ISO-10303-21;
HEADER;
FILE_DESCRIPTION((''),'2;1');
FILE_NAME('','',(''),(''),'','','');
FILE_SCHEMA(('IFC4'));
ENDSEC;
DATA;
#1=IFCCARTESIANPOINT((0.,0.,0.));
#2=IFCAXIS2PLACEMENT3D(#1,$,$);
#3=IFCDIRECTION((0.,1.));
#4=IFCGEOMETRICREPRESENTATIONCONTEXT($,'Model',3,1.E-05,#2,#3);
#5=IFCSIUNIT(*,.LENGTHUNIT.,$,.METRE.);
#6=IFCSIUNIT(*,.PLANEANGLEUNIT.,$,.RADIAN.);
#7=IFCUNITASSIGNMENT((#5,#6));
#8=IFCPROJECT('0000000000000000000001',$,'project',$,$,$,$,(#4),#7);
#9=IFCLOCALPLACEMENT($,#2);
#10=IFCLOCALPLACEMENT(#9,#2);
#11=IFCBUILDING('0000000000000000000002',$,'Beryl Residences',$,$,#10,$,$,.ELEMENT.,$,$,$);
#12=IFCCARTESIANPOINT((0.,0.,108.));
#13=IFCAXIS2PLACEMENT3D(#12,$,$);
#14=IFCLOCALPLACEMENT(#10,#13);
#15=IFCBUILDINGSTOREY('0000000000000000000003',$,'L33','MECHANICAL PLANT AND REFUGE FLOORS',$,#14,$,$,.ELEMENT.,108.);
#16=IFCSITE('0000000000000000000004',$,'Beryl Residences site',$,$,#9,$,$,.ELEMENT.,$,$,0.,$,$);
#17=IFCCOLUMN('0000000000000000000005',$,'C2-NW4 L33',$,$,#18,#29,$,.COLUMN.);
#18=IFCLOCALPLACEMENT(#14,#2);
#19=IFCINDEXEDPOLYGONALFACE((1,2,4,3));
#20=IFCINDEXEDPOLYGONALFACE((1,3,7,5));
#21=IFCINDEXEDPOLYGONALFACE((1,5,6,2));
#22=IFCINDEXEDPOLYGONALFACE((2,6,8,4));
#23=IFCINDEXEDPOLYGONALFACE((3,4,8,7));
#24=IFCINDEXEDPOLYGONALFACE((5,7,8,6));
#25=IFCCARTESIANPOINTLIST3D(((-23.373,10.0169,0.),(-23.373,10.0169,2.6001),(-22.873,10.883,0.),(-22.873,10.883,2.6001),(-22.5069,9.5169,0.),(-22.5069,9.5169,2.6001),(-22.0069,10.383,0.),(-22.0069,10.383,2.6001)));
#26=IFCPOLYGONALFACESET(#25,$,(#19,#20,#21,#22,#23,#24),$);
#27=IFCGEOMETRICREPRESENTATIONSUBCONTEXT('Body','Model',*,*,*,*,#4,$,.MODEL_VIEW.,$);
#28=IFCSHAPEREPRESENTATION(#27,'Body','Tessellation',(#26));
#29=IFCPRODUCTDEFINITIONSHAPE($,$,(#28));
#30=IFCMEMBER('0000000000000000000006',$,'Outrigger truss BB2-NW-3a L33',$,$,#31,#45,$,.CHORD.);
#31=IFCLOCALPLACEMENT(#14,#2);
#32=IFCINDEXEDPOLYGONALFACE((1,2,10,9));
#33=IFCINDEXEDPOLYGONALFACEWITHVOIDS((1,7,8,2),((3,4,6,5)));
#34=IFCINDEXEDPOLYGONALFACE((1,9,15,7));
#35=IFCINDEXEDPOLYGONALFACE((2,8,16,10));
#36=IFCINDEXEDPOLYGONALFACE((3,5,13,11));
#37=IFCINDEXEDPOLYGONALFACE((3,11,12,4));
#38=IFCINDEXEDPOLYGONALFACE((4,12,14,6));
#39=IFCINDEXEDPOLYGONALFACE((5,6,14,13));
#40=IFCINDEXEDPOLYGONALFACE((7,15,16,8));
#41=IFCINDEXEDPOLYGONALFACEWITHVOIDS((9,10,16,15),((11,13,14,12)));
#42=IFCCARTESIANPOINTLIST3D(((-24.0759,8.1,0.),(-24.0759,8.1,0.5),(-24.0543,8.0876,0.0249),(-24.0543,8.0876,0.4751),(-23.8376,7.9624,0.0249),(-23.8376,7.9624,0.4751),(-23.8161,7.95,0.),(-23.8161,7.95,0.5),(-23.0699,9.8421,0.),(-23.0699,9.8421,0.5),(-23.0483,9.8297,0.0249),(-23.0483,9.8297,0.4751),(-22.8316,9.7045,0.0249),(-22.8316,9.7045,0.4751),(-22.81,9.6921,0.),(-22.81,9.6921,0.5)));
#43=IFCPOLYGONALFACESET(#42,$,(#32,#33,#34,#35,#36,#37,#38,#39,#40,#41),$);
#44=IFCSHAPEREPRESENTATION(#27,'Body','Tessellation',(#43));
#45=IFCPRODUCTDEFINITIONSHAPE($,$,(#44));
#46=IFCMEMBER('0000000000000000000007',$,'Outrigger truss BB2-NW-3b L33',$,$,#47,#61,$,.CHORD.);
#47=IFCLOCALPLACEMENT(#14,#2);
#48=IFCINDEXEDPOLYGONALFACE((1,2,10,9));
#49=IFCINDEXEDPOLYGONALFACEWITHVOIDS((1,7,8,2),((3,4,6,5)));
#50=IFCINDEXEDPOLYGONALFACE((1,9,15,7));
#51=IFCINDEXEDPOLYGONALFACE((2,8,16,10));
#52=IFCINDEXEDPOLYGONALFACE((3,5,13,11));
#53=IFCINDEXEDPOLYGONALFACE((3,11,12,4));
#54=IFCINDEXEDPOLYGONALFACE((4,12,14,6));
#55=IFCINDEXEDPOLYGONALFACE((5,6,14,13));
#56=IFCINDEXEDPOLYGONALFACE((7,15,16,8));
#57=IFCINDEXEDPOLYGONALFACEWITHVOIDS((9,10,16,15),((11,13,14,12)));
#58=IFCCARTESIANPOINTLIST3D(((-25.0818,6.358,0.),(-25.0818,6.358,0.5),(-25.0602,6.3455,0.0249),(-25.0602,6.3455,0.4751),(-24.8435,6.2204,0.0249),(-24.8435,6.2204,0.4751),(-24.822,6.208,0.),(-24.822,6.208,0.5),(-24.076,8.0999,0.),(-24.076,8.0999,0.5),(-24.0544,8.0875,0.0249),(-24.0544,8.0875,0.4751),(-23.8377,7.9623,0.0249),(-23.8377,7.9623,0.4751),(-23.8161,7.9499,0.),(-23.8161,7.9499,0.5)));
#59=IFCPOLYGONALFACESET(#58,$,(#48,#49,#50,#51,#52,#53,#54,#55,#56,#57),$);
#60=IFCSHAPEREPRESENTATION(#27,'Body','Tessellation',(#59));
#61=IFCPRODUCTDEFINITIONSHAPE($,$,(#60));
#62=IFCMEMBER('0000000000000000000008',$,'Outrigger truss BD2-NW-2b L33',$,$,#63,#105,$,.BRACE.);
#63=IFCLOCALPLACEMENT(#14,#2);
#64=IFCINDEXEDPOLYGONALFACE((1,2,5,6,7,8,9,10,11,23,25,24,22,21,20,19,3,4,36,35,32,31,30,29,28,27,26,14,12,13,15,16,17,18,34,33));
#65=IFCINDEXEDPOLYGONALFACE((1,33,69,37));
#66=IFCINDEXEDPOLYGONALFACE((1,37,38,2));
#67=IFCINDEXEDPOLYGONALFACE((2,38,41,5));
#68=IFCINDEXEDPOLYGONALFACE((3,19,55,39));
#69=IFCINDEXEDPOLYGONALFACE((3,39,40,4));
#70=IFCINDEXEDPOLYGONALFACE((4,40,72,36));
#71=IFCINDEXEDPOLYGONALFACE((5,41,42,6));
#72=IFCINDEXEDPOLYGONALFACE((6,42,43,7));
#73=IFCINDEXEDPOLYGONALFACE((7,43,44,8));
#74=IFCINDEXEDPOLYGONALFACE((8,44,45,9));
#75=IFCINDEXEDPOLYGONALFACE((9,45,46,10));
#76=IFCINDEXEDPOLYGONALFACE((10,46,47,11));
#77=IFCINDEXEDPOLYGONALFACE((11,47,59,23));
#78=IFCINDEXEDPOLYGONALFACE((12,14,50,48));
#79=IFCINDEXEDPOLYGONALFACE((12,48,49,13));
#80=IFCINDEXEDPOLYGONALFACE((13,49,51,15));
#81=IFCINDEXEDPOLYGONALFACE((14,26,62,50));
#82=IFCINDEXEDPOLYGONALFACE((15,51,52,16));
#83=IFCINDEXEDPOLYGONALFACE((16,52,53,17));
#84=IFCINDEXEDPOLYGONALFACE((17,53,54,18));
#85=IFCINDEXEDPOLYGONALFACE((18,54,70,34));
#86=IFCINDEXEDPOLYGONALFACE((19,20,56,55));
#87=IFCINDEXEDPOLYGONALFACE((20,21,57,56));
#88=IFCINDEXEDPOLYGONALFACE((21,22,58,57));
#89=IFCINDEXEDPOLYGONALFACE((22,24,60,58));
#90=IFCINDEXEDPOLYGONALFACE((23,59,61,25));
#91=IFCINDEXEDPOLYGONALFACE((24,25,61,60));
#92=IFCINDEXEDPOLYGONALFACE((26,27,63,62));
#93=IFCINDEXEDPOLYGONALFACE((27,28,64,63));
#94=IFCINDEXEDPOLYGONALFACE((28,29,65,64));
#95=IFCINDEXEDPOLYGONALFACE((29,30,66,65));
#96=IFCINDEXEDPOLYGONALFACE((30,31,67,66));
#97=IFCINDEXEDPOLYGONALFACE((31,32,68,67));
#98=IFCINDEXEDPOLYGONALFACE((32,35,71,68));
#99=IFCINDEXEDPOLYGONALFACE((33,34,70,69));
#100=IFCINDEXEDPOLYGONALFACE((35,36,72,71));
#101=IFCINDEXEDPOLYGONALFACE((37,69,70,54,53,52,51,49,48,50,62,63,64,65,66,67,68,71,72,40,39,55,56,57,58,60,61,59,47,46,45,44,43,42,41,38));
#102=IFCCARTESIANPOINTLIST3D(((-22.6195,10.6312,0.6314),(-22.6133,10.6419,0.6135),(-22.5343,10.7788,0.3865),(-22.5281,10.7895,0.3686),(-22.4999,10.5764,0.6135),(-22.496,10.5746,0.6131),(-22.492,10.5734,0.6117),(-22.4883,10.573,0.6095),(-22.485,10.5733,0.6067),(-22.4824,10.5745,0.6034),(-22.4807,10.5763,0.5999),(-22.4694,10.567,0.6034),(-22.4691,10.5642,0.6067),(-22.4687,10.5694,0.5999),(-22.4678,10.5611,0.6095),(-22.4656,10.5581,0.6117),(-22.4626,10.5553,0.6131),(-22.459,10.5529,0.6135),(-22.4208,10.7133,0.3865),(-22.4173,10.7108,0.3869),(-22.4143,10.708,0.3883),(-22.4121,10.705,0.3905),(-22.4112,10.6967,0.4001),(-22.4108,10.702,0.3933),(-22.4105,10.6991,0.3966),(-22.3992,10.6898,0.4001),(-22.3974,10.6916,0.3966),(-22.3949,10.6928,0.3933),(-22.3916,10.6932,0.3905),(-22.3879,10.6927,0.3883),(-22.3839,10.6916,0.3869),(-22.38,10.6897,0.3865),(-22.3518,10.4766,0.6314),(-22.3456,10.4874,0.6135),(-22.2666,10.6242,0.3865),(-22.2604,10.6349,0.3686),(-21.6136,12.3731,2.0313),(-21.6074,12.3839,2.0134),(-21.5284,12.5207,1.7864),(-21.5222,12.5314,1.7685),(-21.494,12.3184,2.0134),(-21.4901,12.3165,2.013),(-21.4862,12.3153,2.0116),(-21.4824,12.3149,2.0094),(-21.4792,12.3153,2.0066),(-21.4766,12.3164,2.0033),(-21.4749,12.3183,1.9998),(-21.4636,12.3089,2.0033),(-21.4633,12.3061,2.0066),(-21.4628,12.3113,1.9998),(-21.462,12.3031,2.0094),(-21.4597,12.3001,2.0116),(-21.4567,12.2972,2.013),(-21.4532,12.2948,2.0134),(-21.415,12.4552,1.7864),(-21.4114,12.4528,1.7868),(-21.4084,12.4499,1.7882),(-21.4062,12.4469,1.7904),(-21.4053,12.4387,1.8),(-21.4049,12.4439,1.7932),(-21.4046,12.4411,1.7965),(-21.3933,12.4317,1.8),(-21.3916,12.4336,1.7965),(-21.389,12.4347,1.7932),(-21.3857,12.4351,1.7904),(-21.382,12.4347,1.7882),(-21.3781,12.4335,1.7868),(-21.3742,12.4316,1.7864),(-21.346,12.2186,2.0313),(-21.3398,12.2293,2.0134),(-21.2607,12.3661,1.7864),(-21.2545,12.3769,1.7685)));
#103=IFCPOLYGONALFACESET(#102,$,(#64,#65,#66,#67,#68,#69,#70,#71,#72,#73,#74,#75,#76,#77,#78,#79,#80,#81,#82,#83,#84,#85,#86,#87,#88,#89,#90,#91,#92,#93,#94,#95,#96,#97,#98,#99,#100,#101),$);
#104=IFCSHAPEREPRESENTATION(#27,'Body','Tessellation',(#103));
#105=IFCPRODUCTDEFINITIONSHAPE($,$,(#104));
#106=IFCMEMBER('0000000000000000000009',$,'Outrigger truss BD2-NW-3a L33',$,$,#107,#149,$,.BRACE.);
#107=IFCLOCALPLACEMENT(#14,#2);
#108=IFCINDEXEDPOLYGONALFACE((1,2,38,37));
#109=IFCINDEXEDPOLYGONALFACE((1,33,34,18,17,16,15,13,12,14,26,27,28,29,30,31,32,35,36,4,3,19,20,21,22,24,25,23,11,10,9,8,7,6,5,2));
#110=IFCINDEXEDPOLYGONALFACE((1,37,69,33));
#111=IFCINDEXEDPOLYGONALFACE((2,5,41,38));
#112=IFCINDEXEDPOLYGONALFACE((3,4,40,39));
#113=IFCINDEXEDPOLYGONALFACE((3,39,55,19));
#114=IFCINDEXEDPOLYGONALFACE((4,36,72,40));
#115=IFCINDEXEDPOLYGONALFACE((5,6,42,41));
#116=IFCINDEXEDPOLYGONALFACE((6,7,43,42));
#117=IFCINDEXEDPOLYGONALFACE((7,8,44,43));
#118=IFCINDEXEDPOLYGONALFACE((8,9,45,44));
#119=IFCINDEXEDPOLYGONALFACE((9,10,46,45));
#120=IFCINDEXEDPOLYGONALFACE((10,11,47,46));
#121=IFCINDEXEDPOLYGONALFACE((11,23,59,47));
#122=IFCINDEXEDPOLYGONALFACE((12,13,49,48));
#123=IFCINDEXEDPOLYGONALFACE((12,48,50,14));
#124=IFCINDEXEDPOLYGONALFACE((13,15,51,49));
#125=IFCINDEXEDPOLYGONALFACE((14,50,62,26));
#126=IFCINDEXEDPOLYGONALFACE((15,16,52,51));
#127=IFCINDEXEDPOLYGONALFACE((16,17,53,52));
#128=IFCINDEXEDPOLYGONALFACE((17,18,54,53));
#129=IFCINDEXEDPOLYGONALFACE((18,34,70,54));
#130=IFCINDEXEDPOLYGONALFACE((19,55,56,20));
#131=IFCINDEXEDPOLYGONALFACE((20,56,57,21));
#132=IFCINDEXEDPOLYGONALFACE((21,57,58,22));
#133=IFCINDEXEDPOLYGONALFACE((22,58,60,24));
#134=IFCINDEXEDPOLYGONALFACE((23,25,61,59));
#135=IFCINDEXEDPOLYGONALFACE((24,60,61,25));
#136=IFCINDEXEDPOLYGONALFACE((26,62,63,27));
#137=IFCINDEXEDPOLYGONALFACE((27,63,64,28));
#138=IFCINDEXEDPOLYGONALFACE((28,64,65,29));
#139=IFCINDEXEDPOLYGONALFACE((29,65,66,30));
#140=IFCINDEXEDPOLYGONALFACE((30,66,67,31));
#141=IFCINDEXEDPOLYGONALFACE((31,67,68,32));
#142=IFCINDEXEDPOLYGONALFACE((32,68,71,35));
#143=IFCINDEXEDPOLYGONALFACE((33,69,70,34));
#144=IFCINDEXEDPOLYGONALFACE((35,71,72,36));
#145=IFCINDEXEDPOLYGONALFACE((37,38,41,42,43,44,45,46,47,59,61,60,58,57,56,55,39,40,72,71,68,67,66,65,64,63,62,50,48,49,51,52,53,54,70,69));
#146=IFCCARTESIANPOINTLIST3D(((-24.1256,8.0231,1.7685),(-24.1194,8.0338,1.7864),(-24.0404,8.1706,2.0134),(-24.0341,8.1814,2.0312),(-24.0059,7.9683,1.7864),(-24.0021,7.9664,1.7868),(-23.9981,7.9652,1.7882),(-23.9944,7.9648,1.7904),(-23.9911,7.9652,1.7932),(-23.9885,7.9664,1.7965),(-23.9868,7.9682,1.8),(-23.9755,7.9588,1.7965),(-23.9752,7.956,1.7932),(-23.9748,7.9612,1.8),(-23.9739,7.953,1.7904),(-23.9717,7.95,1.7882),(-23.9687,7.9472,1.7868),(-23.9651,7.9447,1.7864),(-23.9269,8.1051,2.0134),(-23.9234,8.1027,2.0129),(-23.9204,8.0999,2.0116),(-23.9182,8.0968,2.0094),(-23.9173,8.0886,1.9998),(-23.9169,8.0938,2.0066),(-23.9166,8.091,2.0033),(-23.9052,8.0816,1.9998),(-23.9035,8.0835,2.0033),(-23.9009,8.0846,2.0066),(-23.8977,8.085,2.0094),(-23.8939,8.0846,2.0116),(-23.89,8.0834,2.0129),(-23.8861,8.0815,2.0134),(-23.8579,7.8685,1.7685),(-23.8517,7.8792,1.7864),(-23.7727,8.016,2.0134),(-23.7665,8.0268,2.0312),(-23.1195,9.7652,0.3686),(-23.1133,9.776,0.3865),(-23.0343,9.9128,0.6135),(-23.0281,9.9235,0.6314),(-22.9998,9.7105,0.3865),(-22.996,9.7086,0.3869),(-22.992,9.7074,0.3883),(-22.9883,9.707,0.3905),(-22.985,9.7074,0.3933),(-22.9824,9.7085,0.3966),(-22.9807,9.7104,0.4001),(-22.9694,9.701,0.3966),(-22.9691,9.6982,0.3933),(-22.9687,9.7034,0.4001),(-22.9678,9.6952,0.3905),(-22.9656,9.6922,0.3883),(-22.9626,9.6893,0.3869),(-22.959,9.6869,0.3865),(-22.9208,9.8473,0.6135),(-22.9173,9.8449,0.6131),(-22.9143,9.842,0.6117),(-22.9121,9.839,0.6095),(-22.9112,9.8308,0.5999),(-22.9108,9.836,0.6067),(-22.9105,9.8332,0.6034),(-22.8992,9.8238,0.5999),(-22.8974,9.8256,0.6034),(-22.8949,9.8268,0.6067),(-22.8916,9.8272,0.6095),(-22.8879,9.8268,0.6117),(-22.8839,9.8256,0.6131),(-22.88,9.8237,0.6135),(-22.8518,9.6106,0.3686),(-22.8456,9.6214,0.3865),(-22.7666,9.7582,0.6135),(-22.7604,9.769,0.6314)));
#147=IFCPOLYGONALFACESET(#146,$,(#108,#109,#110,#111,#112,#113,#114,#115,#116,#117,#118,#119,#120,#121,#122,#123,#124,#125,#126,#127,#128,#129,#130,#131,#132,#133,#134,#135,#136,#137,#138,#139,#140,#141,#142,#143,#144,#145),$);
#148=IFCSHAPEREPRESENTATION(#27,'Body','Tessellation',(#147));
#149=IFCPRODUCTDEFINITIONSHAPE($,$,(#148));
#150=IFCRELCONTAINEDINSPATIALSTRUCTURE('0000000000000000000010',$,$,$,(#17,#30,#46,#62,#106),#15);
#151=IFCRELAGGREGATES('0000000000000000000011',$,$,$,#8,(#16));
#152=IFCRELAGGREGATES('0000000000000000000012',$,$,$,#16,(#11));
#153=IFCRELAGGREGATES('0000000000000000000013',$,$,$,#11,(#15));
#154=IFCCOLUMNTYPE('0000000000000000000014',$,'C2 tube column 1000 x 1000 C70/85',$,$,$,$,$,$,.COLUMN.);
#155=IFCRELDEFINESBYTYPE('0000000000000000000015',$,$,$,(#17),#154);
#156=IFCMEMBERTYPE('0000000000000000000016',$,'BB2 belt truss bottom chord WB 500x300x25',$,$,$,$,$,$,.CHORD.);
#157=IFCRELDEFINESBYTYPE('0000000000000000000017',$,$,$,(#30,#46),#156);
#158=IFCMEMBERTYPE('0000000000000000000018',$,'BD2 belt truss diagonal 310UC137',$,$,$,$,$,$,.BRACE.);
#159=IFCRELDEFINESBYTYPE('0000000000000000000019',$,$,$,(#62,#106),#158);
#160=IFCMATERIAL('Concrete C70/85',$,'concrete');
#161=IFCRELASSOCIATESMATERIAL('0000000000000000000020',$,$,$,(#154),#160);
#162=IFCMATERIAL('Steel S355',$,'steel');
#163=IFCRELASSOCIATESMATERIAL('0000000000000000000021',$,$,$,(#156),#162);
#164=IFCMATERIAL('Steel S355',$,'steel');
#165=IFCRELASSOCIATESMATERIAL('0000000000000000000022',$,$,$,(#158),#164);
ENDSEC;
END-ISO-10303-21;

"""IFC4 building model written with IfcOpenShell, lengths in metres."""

from ifc_helpers import new_model, si_unit, direction, frame, origin, origin_2d, place, context, subcontext, project, spatial, rectangle, hollow_rectangle, i_section, extrude, material, material_profile, profile_set, type_object, element, save


model = new_model("IFC4")

# Units and contexts
model_context = context("Model", 3, precision=1e-05, world=origin(), true_north=direction((0.0, 1.0)))
body_context = subcontext(model_context, "Body", "Model", "MODEL_VIEW")
ifc_project = project(units=[si_unit("LENGTHUNIT", "METRE"), si_unit("PLANEANGLEUNIT", "RADIAN")], contexts=[model_context])

# Site, building, storey
site_placement = place(None, origin())
site = spatial("IfcSite", under=ifc_project, at=site_placement, Name="Beryl Residences site", CompositionType="ELEMENT", RefElevation=0.0)
building_placement = place(site_placement, origin())
building = spatial("IfcBuilding", under=site, at=building_placement, Name="Beryl Residences", CompositionType="ELEMENT")
storey_placement = place(building_placement, frame((0.0, 0.0, 108.0)))
storey = spatial("IfcBuildingStorey", under=building, at=storey_placement, Name="L33", Description="MECHANICAL PLANT AND REFUGE FLOORS", CompositionType="ELEMENT", Elevation=108.0)

# Column
ifc_material_1 = material(Name="Concrete C70/85", Category="concrete")
ifc_material_profile_1 = material_profile(ifc_material_1, rectangle(XDim=1.0, YDim=1.0, at=origin_2d()))
ifc_profile_set_1 = profile_set([ifc_material_profile_1], Name="Concrete C70/85")
column_type = type_object("IfcColumnType", Name="C2 tube column 1000 x 1000 C70/85", PredefinedType="COLUMN", material=ifc_profile_set_1)
column_placement = place(storey_placement, frame((-22.6899, 10.2, 0.0), z_axis=(0.0, 0.0, 1.0), x_axis=(-0.5, -0.866025, 0.0)))
element("IfcColumn", 1, at=column_placement, inside=storey, type_object=column_type, Name="C2-NW4 L33", PredefinedType="COLUMN", context=body_context, shape_type="SweptSolid", body=[
    extrude(rectangle(XDim=1.0, YDim=1.0, at=origin_2d()), origin(), (0.0, 0.0, 1.0), 2.6001),
])

# Members
ifc_material_2 = material(Name="Steel S355", Category="steel")
ifc_material_profile_2 = material_profile(ifc_material_2, hollow_rectangle(XDim=0.3, YDim=0.5, WallThickness=0.0249, at=origin_2d()))
ifc_profile_set_2 = profile_set([ifc_material_profile_2], Name="Steel S355")
member_type_1 = type_object("IfcMemberType", Name="BB2 belt truss bottom chord WB 500x300x25", PredefinedType="CHORD", material=ifc_profile_set_2)
member_1_placement = place(storey_placement, frame((-22.9399, 9.7671, 0.25), z_axis=(-0.500094, -0.865971, 0.0), x_axis=(0.865971, -0.500094, 0.0)))
element("IfcMember", 2, at=member_1_placement, inside=storey, type_object=member_type_1, Name="Outrigger truss BB2-NW-3a L33", PredefinedType="CHORD", context=body_context, shape_type="SweptSolid", body=[
    extrude(hollow_rectangle(XDim=0.3, YDim=0.5, WallThickness=0.0249, at=origin_2d()), origin(), (0.0, 0.0, 1.0), 2.0117),
])
member_2_placement = place(storey_placement, frame((-23.946, 8.0249, 0.25), z_axis=(-0.500055, -0.865994, 0.0), x_axis=(0.865994, -0.500055, 0.0)))
element("IfcMember", 3, at=member_2_placement, inside=storey, type_object=member_type_1, Name="Outrigger truss BB2-NW-3b L33", PredefinedType="CHORD", context=body_context, shape_type="SweptSolid", body=[
    extrude(hollow_rectangle(XDim=0.3, YDim=0.5, WallThickness=0.0249, at=origin_2d()), origin(), (0.0, 0.0, 1.0), 2.0115),
])
ifc_material_3 = material(Name="Steel S355", Category="steel")
ifc_material_profile_3 = material_profile(ifc_material_3, i_section(OverallWidth=0.3091, OverallDepth=0.3201, WebThickness=0.0139, FlangeThickness=0.0217, FilletRadius=0.0166, at=origin_2d()))
ifc_profile_set_3 = profile_set([ifc_material_profile_3], Name="Steel S355")
member_type_2 = type_object("IfcMemberType", Name="BD2 belt truss diagonal 310UC137", PredefinedType="BRACE", material=ifc_profile_set_3)
member_3_placement = place(storey_placement, frame((-22.4399, 10.6331, 0.5), z_axis=(0.41044, 0.710799, 0.57123), x_axis=(-0.865994, 0.500055, 0.0)))
element("IfcMember", 4, at=member_3_placement, inside=storey, type_object=member_type_2, Name="Outrigger truss BD2-NW-2b L33", PredefinedType="BRACE", context=body_context, shape_type="SweptSolid", body=[
    extrude(i_section(OverallWidth=0.3091, OverallDepth=0.3201, WebThickness=0.0139, FlangeThickness=0.0217, FilletRadius=0.0166, at=origin_2d()), origin(), (0.0, 0.0, 1.0), 2.4507),
])
member_4_placement = place(storey_placement, frame((-22.9399, 9.7671, 0.5), z_axis=(-0.410494, -0.710819, 0.571166), x_axis=(0.865971, -0.500094, 0.0)))
element("IfcMember", 5, at=member_4_placement, inside=storey, type_object=member_type_2, Name="Outrigger truss BD2-NW-3a L33", PredefinedType="BRACE", context=body_context, shape_type="SweptSolid", body=[
    extrude(i_section(OverallWidth=0.3091, OverallDepth=0.3201, WebThickness=0.0139, FlangeThickness=0.0217, FilletRadius=0.0166, at=origin_2d()), origin(), (0.0, 0.0, 1.0), 2.4509),
])

save(model, "model.ifc")
